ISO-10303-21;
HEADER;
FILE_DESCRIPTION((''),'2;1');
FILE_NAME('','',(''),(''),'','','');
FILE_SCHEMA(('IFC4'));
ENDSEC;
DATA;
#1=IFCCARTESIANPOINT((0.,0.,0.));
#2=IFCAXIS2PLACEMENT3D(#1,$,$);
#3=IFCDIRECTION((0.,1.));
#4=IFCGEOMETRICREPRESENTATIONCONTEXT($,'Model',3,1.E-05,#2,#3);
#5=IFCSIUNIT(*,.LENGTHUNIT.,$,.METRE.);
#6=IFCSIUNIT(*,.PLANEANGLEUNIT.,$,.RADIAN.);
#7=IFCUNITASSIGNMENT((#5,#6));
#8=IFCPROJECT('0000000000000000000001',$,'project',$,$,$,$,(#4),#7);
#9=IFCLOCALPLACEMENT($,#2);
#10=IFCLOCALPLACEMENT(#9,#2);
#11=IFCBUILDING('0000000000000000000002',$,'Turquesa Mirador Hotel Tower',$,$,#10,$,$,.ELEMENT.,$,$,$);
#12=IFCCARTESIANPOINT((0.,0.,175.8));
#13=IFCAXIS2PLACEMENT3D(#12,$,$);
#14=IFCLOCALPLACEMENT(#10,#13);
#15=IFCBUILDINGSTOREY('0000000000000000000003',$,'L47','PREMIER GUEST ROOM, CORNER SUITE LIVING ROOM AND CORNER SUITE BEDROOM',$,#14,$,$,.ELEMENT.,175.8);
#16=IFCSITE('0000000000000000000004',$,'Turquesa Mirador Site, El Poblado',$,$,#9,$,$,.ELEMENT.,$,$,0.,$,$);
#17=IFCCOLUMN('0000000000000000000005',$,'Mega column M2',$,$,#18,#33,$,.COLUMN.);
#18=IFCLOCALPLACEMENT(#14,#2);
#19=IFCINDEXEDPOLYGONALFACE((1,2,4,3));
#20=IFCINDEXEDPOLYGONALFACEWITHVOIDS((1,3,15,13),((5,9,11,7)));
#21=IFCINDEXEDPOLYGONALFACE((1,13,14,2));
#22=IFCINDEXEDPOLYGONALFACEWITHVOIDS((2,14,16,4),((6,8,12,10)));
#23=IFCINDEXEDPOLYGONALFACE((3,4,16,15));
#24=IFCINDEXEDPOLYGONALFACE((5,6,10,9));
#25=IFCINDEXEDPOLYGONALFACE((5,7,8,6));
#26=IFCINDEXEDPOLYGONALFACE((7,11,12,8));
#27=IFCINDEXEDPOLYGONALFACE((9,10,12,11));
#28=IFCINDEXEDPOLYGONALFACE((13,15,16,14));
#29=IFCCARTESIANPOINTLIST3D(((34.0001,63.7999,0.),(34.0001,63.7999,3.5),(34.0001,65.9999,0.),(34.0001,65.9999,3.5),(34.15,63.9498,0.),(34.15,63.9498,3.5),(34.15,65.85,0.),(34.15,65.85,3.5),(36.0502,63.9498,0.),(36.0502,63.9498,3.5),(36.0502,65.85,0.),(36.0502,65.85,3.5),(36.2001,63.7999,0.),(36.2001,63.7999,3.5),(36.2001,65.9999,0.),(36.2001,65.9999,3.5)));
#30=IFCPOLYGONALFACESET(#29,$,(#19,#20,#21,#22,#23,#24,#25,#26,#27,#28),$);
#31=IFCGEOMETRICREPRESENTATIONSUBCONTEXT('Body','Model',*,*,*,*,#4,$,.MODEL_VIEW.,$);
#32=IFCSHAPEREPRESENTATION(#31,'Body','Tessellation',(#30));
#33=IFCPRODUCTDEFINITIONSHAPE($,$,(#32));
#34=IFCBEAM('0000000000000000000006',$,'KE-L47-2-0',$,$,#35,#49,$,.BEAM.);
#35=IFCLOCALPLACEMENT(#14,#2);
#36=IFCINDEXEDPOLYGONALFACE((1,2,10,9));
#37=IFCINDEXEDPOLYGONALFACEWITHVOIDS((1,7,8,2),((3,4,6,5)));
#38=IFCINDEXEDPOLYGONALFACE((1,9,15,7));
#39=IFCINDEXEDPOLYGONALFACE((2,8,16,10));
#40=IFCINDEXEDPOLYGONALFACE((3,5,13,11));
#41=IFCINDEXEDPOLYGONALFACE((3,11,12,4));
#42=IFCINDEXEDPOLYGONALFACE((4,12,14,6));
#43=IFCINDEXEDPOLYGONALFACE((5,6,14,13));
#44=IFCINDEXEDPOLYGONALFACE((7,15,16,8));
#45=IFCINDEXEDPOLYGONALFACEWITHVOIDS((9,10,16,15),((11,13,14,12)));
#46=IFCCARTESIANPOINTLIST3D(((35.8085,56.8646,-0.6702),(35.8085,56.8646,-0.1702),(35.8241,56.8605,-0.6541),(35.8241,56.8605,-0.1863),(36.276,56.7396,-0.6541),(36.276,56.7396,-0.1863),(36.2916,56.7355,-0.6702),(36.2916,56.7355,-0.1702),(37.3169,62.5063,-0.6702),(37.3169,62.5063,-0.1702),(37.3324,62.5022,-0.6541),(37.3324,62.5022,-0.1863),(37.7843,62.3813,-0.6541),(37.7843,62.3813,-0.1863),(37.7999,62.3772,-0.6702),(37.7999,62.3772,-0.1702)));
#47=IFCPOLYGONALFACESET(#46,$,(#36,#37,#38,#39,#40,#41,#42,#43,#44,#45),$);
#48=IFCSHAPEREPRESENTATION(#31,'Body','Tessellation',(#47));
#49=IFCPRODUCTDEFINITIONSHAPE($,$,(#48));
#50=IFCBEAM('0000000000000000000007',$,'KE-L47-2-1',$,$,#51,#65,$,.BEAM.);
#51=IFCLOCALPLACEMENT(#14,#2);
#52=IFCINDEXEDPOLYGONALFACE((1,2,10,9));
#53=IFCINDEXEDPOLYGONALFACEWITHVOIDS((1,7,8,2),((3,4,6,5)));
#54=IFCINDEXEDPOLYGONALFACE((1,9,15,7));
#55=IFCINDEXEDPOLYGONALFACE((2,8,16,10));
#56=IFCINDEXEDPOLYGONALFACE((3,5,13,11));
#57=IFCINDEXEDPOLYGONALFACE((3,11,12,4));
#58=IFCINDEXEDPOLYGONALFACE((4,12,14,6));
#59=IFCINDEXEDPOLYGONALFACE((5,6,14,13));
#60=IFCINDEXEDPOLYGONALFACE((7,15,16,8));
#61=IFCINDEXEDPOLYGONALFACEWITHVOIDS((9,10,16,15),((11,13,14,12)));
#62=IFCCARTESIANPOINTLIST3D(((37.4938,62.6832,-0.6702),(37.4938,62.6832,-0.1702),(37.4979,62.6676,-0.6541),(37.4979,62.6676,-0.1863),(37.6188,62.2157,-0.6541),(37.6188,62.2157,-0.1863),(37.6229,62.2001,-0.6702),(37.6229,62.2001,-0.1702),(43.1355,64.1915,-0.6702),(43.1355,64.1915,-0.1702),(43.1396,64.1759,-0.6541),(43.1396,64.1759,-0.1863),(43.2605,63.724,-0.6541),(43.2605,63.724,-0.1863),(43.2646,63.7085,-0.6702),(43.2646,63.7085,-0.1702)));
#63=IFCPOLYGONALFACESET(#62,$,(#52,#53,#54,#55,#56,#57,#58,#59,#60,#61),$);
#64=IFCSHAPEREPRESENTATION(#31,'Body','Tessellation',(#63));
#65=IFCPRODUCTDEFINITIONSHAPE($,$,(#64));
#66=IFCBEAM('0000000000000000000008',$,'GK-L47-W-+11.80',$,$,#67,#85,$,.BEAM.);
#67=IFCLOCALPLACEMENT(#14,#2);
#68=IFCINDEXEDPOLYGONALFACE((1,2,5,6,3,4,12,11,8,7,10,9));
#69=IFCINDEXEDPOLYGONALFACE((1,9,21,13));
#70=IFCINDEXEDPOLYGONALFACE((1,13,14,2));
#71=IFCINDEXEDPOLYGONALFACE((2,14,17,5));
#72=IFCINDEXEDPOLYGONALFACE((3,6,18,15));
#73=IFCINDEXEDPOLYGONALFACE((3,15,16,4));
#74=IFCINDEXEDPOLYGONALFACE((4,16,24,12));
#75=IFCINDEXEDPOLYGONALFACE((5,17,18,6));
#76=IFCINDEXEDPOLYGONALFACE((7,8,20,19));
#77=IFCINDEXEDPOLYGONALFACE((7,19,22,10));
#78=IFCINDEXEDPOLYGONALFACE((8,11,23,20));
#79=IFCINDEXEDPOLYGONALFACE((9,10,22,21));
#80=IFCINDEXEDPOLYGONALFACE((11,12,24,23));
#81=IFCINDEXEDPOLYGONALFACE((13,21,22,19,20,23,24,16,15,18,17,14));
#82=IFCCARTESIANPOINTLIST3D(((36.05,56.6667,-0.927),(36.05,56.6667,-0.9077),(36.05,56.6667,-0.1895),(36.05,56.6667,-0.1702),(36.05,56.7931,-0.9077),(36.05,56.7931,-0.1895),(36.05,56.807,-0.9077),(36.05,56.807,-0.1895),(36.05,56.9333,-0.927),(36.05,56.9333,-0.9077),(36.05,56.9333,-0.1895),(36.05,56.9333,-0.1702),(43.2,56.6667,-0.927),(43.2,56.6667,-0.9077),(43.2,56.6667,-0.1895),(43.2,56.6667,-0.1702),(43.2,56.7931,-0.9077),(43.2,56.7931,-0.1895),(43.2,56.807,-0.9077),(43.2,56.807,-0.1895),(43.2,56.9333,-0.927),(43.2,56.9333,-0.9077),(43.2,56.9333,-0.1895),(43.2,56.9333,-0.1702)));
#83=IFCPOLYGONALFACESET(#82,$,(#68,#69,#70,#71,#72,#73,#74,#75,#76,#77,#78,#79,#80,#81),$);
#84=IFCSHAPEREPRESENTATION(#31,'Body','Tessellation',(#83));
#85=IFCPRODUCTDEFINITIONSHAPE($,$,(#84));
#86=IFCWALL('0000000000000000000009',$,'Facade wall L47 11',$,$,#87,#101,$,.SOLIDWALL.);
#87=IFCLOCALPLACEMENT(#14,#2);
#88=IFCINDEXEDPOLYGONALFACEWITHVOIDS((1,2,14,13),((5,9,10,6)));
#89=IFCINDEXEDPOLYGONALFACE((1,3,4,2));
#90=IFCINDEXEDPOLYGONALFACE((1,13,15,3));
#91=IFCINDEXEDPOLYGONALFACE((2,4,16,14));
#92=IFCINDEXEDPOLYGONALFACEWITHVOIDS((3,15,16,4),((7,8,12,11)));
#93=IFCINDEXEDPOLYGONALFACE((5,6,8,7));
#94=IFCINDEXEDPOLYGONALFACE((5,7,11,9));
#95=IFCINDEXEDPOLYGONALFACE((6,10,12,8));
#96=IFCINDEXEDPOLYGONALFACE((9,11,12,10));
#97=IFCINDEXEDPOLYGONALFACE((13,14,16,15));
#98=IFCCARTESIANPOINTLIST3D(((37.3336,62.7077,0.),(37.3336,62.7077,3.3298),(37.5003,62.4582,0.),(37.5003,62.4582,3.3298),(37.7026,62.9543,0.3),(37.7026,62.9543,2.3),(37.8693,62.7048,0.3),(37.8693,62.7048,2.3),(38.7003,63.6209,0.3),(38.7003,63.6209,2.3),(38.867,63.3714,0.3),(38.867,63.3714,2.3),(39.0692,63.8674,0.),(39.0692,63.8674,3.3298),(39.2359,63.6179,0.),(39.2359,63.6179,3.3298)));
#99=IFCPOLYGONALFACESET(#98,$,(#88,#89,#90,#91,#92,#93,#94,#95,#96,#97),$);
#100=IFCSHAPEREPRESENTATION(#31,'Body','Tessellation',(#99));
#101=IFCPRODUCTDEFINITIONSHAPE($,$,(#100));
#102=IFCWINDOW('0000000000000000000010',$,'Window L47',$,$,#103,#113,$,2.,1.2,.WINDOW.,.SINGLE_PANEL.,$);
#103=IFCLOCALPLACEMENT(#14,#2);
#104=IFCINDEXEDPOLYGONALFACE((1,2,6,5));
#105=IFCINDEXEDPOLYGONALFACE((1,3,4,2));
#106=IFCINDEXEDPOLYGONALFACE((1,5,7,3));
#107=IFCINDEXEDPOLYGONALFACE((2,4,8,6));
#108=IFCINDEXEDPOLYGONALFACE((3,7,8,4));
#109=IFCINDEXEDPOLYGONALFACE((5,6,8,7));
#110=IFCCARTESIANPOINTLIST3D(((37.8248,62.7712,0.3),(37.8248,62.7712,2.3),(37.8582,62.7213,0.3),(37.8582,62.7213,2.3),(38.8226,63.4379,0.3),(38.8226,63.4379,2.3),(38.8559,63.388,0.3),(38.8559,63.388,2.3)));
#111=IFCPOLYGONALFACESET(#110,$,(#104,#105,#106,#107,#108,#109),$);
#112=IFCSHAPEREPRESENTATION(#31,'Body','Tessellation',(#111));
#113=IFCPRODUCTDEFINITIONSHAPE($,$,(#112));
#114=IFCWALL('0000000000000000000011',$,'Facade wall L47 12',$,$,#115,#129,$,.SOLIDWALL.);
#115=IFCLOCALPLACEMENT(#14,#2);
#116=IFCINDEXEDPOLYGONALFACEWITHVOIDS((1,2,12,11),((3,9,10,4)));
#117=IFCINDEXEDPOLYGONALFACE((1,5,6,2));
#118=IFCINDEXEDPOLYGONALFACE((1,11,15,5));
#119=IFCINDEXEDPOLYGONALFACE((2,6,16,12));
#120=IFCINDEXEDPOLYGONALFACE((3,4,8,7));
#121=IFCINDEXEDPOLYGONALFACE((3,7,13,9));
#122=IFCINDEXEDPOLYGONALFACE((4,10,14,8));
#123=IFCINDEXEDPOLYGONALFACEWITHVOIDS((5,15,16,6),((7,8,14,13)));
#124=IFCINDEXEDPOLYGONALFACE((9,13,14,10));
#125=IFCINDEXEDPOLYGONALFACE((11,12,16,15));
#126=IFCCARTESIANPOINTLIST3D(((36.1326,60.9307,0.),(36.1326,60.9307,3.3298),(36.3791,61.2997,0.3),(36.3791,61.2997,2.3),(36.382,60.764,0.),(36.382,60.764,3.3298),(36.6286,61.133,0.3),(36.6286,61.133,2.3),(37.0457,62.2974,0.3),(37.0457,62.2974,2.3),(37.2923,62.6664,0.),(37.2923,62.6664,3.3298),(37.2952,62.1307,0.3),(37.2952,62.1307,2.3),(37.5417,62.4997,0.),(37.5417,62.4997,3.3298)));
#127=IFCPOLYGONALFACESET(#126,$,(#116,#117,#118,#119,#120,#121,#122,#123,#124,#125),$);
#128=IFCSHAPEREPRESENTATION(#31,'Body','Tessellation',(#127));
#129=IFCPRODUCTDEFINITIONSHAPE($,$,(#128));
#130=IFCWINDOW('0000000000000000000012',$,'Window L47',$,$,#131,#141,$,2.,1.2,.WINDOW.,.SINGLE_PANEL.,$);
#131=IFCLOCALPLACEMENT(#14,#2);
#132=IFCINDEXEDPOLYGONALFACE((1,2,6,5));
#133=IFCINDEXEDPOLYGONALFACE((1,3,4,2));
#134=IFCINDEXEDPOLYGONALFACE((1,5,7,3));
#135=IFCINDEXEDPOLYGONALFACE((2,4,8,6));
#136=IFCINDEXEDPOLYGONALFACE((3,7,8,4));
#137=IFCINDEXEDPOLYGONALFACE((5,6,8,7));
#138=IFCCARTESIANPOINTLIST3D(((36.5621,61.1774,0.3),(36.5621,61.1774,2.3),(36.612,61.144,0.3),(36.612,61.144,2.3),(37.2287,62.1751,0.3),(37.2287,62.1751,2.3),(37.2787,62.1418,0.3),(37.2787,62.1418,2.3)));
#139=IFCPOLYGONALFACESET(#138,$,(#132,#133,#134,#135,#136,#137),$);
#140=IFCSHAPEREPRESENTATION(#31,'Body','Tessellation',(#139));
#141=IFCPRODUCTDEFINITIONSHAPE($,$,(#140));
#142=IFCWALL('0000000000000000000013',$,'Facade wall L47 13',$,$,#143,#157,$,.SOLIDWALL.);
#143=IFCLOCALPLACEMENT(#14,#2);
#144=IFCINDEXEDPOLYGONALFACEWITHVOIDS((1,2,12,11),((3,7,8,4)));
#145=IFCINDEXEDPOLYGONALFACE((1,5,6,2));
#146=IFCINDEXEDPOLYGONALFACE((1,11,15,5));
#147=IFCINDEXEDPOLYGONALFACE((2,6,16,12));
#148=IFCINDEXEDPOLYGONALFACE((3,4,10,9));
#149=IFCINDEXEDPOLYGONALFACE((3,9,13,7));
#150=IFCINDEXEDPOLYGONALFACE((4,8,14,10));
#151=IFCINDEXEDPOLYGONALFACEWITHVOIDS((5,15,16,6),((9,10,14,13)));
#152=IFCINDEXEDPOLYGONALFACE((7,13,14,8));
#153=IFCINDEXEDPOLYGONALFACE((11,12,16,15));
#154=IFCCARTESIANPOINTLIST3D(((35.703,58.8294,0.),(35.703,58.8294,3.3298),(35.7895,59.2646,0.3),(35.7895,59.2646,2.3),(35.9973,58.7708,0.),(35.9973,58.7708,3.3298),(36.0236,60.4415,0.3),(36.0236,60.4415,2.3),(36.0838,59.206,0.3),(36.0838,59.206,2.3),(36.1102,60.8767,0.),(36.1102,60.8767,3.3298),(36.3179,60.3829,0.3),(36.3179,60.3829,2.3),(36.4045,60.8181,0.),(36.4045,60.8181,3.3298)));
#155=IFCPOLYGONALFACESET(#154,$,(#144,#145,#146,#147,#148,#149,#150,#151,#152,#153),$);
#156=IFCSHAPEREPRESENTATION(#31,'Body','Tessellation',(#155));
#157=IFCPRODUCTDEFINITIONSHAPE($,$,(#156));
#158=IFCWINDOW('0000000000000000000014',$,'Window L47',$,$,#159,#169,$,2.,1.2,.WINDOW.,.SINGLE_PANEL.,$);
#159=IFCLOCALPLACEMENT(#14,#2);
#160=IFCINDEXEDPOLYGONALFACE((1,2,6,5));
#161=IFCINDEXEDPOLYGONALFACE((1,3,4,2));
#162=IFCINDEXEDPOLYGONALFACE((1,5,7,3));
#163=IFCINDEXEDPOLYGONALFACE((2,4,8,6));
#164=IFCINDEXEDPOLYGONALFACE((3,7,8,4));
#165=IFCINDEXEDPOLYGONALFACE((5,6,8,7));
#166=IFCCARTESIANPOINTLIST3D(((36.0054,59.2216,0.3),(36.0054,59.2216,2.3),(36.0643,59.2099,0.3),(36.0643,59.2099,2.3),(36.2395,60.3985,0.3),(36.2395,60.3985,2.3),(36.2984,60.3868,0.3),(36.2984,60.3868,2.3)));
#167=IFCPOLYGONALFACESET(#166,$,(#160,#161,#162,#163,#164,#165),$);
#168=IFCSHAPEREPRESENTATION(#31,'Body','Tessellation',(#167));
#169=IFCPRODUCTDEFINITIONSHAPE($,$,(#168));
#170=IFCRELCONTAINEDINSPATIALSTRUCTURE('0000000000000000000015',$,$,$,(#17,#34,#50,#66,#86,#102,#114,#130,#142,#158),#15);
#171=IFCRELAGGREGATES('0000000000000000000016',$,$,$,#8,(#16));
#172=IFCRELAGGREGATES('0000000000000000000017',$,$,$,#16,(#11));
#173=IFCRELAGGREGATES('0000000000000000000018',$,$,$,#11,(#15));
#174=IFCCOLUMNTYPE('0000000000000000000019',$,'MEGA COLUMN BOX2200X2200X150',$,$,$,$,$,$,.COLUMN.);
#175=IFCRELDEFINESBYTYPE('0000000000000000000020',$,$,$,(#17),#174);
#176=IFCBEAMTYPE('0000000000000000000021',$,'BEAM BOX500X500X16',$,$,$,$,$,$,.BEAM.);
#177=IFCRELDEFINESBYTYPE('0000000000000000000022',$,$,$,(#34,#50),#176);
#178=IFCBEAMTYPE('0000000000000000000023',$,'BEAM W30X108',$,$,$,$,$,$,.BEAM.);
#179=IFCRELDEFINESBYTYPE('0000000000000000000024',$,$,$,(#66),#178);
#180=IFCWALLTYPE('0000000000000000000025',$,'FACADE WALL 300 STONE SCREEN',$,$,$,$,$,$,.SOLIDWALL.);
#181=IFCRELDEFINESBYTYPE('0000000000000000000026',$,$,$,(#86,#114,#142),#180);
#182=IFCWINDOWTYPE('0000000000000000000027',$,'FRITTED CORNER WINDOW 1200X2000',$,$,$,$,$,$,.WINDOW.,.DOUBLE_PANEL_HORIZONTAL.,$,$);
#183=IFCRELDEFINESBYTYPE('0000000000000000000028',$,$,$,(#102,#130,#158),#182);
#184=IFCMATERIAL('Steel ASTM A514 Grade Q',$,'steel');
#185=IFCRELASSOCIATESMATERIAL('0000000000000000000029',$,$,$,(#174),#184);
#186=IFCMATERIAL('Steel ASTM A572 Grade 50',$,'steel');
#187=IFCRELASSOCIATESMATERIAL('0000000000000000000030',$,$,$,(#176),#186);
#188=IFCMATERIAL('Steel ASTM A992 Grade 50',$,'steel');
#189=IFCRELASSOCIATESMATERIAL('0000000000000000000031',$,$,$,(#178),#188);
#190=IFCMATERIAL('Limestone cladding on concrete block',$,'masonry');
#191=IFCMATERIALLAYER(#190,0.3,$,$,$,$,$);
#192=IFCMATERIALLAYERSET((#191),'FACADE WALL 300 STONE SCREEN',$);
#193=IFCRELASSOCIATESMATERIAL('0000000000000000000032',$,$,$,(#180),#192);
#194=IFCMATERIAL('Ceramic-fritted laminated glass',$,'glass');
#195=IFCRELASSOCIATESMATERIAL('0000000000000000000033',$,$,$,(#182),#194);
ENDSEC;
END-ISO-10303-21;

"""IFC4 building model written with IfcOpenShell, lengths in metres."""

from ifc_helpers import new_model, si_unit, direction, frame, frame_2d, origin, origin_2d, place, context, subcontext, project, spatial, rectangle, hollow_rectangle, i_section, extrude, material, layer, layer_set, material_profile, profile_set, type_object, element, fill, save


model = new_model("IFC4")

# Units and contexts
model_context = context("Model", 3, precision=1e-05, world=origin(), true_north=direction((0.0, 1.0)))
body_context = subcontext(model_context, "Body", "Model", "MODEL_VIEW")
ifc_project = project(units=[si_unit("LENGTHUNIT", "METRE"), si_unit("PLANEANGLEUNIT", "RADIAN")], contexts=[model_context])

# Site, building, storey
site_placement = place(None, origin())
site = spatial("IfcSite", under=ifc_project, at=site_placement, Name="Turquesa Mirador Site, El Poblado", CompositionType="ELEMENT", RefElevation=0.0)
building_placement = place(site_placement, origin())
building = spatial("IfcBuilding", under=site, at=building_placement, Name="Turquesa Mirador Hotel Tower", CompositionType="ELEMENT")
storey_placement = place(building_placement, frame((0.0, 0.0, 175.8)))
storey = spatial("IfcBuildingStorey", under=building, at=storey_placement, Name="L47", Description="PREMIER GUEST ROOM, CORNER SUITE LIVING ROOM AND CORNER SUITE BEDROOM", CompositionType="ELEMENT", Elevation=175.8)

# Column
ifc_material_1 = material(Name="Steel ASTM A514 Grade Q", Category="steel")
ifc_material_profile_1 = material_profile(ifc_material_1, hollow_rectangle(XDim=2.2, YDim=2.2, WallThickness=0.1499, at=origin_2d()), Name="BOX2200X2200X150")
ifc_profile_set_1 = profile_set([ifc_material_profile_1], Name="Steel ASTM A514 Grade Q")
column_type = type_object("IfcColumnType", Name="MEGA COLUMN BOX2200X2200X150", PredefinedType="COLUMN", material=ifc_profile_set_1)
column_placement = place(storey_placement, frame((35.1001, 64.8999, 0.0), z_axis=(0.0, 0.0, 1.0), x_axis=(1.0, 0.0, 0.0)))
element("IfcColumn", 1, at=column_placement, inside=storey, type_object=column_type, Name="Mega column M2", PredefinedType="COLUMN", context=body_context, shape_type="SweptSolid", body=[
    extrude(hollow_rectangle(XDim=2.2, YDim=2.2, WallThickness=0.1499, at=origin_2d()), origin(), (0.0, 0.0, 1.0), 3.5),
])

# Beams
ifc_material_2 = material(Name="Steel ASTM A572 Grade 50", Category="steel")
ifc_material_profile_2 = material_profile(ifc_material_2, hollow_rectangle(XDim=0.5, YDim=0.5, WallThickness=0.0161, at=origin_2d()), Name="BOX500X500X16")
ifc_profile_set_2 = profile_set([ifc_material_profile_2], Name="Steel ASTM A572 Grade 50")
beam_type_1 = type_object("IfcBeamType", Name="BEAM BOX500X500X16", PredefinedType="BEAM", material=ifc_profile_set_2)
for number, where, z_axis, x_axis, name in (
    (2, (36.05, 56.8, -0.4202), (0.258282, 0.96607, 0.0), (-0.96607, 0.258282, 0.0), "KE-L47-2-0"),
    (3, (37.5583, 62.4417, -0.4202), (0.96607, 0.258282, 0.0), (-0.258282, 0.96607, 0.0), "KE-L47-2-1"),
):
    element("IfcBeam", number, at=place(storey_placement, frame(where, z_axis=z_axis, x_axis=x_axis)), inside=storey, type_object=beam_type_1, Name=name, PredefinedType="BEAM", context=body_context, shape_type="SweptSolid", body=[
        extrude(hollow_rectangle(XDim=0.5, YDim=0.5, WallThickness=0.0161, at=origin_2d()), origin(), (0.0, 0.0, 1.0), 5.8398),
    ])
ifc_material_3 = material(Name="Steel ASTM A992 Grade 50", Category="steel")
ifc_material_profile_3 = material_profile(ifc_material_3, i_section(OverallWidth=0.2666, OverallDepth=0.7568, WebThickness=0.0139, FlangeThickness=0.0193, at=origin_2d()), Name="W30X108")
ifc_profile_set_3 = profile_set([ifc_material_profile_3], Name="Steel ASTM A992 Grade 50")
beam_type_2 = type_object("IfcBeamType", Name="BEAM W30X108", PredefinedType="BEAM", material=ifc_profile_set_3)
beam_placement = place(storey_placement, frame((36.05, 56.8, -0.5486), z_axis=(1.0, 0.0, 0.0), x_axis=(0.0, 1.0, 0.0)))
element("IfcBeam", 4, at=beam_placement, inside=storey, type_object=beam_type_2, Name="GK-L47-W-+11.80", PredefinedType="BEAM", context=body_context, shape_type="SweptSolid", body=[
    extrude(i_section(OverallWidth=0.2666, OverallDepth=0.7568, WebThickness=0.0139, FlangeThickness=0.0193, at=origin_2d()), origin(), (0.0, 0.0, 1.0), 7.1499),
])

# Walls, openings, windows
ifc_material_4 = material(Name="Limestone cladding on concrete block", Category="masonry")
ifc_layer = layer(ifc_material_4, 0.3)
ifc_layer_set = layer_set([ifc_layer], Name="FACADE WALL 300 STONE SCREEN")
wall_type = type_object("IfcWallType", Name="FACADE WALL 300 STONE SCREEN", PredefinedType="SOLIDWALL", material=ifc_layer_set)
wall_1_placement = place(storey_placement, frame((39.1526, 63.7427, 0.0), z_axis=(0.0, 0.0, 1.0), x_axis=(-0.831474, -0.555564, 0.0)))
wall_1 = element("IfcWall", 5, at=wall_1_placement, inside=storey, type_object=wall_type, Name="Facade wall L47 11", PredefinedType="SOLIDWALL", context=body_context, shape_type="SweptSolid", body=[
    extrude(rectangle(XDim=2.0874, YDim=0.3, at=frame_2d((1.0437, 0.0))), origin(), (0.0, 0.0, 1.0), 3.3298),
])
opening_1_placement = place(wall_1_placement, frame((0.4436, 0.0, 0.3)))
opening_1 = element("IfcOpeningElement", 6, at=opening_1_placement, cuts=wall_1, PredefinedType="OPENING", context=body_context, shape_type="SweptSolid", body=[
    extrude(rectangle(XDim=1.2, YDim=2.0, at=frame_2d((0.6001, 1.0))), frame((0.0, 0.1599, 0.0), z_axis=(0.0, -1.0, 0.0), x_axis=(1.0, 0.0, 0.0)), (0.0, 0.0, 1.0), 0.3201),
])
ifc_material_5 = material(Name="Ceramic-fritted laminated glass", Category="glass")
window_type_1 = type_object("IfcWindowType", Name="FRITTED CORNER WINDOW 1200X2000", PartitioningType="DOUBLE_PANEL_HORIZONTAL", PredefinedType="WINDOW", material=ifc_material_5)
window_1_placement = place(opening_1_placement, origin())
window_1 = element("IfcWindow", 7, at=window_1_placement, inside=storey, type_object=window_type_1, Name="Window L47", OverallHeight=2.0, OverallWidth=1.2, PartitioningType="SINGLE_PANEL", PredefinedType="WINDOW", context=body_context, shape_type="SweptSolid", body=[
    extrude(rectangle(XDim=1.2, YDim=2.0, at=frame_2d((0.6001, 1.0))), frame((0.0, 0.1301, 0.0), z_axis=(0.0, -1.0, 0.0), x_axis=(1.0, 0.0, 0.0)), (0.0, 0.0, 1.0), 0.0601),
])
fill(opening_1, window_1)
wall_2_placement = place(storey_placement, frame((37.417, 62.583, 0.0), z_axis=(0.0, 0.0, 1.0), x_axis=(-0.555564, -0.831474, 0.0)))
wall_2 = element("IfcWall", 8, at=wall_2_placement, inside=storey, type_object=wall_type, Name="Facade wall L47 12", PredefinedType="SOLIDWALL", context=body_context, shape_type="SweptSolid", body=[
    extrude(rectangle(XDim=2.0874, YDim=0.3, at=frame_2d((1.0437, 0.0))), origin(), (0.0, 0.0, 1.0), 3.3298),
])
opening_2_placement = place(wall_2_placement, frame((0.4436, 0.0, 0.3)))
opening_2 = element("IfcOpeningElement", 9, at=opening_2_placement, cuts=wall_2, PredefinedType="OPENING", context=body_context, shape_type="SweptSolid", body=[
    extrude(rectangle(XDim=1.2, YDim=2.0, at=frame_2d((0.6001, 1.0))), frame((0.0, 0.1599, 0.0), z_axis=(0.0, -1.0, 0.0), x_axis=(1.0, 0.0, 0.0)), (0.0, 0.0, 1.0), 0.3201),
])
window_2_placement = place(opening_2_placement, origin())
window_2 = element("IfcWindow", 10, at=window_2_placement, inside=storey, type_object=window_type_1, Name="Window L47", OverallHeight=2.0, OverallWidth=1.2, PartitioningType="SINGLE_PANEL", PredefinedType="WINDOW", context=body_context, shape_type="SweptSolid", body=[
    extrude(rectangle(XDim=1.2, YDim=2.0, at=frame_2d((0.6001, 1.0))), frame((0.0, 0.1301, 0.0), z_axis=(0.0, -1.0, 0.0), x_axis=(1.0, 0.0, 0.0)), (0.0, 0.0, 1.0), 0.0601),
])
fill(opening_2, window_2)
wall_3_placement = place(storey_placement, frame((36.2573, 60.8474, 0.0), z_axis=(0.0, 0.0, 1.0), x_axis=(-0.195081, -0.980787, 0.0)))
wall_3 = element("IfcWall", 11, at=wall_3_placement, inside=storey, type_object=wall_type, Name="Facade wall L47 13", PredefinedType="SOLIDWALL", context=body_context, shape_type="SweptSolid", body=[
    extrude(rectangle(XDim=2.0874, YDim=0.3, at=frame_2d((1.0437, 0.0))), origin(), (0.0, 0.0, 1.0), 3.3298),
])
opening_3_placement = place(wall_3_placement, frame((0.4436, 0.0, 0.3)))
opening_3 = element("IfcOpeningElement", 12, at=opening_3_placement, cuts=wall_3, PredefinedType="OPENING", context=body_context, shape_type="SweptSolid", body=[
    extrude(rectangle(XDim=1.2, YDim=2.0, at=frame_2d((0.6001, 1.0))), frame((0.0, 0.1599, 0.0), z_axis=(0.0, -1.0, 0.0), x_axis=(1.0, 0.0, 0.0)), (0.0, 0.0, 1.0), 0.3201),
])
window_3_placement = place(opening_3_placement, origin())
window_3 = element("IfcWindow", 13, at=window_3_placement, inside=storey, type_object=window_type_1, Name="Window L47", OverallHeight=2.0, OverallWidth=1.2, PartitioningType="SINGLE_PANEL", PredefinedType="WINDOW", context=body_context, shape_type="SweptSolid", body=[
    extrude(rectangle(XDim=1.2, YDim=2.0, at=frame_2d((0.6001, 1.0))), frame((0.0, 0.1301, 0.0), z_axis=(0.0, -1.0, 0.0), x_axis=(1.0, 0.0, 0.0)), (0.0, 0.0, 1.0), 0.0601),
])
fill(opening_3, window_3)

save(model, "model.ifc")
